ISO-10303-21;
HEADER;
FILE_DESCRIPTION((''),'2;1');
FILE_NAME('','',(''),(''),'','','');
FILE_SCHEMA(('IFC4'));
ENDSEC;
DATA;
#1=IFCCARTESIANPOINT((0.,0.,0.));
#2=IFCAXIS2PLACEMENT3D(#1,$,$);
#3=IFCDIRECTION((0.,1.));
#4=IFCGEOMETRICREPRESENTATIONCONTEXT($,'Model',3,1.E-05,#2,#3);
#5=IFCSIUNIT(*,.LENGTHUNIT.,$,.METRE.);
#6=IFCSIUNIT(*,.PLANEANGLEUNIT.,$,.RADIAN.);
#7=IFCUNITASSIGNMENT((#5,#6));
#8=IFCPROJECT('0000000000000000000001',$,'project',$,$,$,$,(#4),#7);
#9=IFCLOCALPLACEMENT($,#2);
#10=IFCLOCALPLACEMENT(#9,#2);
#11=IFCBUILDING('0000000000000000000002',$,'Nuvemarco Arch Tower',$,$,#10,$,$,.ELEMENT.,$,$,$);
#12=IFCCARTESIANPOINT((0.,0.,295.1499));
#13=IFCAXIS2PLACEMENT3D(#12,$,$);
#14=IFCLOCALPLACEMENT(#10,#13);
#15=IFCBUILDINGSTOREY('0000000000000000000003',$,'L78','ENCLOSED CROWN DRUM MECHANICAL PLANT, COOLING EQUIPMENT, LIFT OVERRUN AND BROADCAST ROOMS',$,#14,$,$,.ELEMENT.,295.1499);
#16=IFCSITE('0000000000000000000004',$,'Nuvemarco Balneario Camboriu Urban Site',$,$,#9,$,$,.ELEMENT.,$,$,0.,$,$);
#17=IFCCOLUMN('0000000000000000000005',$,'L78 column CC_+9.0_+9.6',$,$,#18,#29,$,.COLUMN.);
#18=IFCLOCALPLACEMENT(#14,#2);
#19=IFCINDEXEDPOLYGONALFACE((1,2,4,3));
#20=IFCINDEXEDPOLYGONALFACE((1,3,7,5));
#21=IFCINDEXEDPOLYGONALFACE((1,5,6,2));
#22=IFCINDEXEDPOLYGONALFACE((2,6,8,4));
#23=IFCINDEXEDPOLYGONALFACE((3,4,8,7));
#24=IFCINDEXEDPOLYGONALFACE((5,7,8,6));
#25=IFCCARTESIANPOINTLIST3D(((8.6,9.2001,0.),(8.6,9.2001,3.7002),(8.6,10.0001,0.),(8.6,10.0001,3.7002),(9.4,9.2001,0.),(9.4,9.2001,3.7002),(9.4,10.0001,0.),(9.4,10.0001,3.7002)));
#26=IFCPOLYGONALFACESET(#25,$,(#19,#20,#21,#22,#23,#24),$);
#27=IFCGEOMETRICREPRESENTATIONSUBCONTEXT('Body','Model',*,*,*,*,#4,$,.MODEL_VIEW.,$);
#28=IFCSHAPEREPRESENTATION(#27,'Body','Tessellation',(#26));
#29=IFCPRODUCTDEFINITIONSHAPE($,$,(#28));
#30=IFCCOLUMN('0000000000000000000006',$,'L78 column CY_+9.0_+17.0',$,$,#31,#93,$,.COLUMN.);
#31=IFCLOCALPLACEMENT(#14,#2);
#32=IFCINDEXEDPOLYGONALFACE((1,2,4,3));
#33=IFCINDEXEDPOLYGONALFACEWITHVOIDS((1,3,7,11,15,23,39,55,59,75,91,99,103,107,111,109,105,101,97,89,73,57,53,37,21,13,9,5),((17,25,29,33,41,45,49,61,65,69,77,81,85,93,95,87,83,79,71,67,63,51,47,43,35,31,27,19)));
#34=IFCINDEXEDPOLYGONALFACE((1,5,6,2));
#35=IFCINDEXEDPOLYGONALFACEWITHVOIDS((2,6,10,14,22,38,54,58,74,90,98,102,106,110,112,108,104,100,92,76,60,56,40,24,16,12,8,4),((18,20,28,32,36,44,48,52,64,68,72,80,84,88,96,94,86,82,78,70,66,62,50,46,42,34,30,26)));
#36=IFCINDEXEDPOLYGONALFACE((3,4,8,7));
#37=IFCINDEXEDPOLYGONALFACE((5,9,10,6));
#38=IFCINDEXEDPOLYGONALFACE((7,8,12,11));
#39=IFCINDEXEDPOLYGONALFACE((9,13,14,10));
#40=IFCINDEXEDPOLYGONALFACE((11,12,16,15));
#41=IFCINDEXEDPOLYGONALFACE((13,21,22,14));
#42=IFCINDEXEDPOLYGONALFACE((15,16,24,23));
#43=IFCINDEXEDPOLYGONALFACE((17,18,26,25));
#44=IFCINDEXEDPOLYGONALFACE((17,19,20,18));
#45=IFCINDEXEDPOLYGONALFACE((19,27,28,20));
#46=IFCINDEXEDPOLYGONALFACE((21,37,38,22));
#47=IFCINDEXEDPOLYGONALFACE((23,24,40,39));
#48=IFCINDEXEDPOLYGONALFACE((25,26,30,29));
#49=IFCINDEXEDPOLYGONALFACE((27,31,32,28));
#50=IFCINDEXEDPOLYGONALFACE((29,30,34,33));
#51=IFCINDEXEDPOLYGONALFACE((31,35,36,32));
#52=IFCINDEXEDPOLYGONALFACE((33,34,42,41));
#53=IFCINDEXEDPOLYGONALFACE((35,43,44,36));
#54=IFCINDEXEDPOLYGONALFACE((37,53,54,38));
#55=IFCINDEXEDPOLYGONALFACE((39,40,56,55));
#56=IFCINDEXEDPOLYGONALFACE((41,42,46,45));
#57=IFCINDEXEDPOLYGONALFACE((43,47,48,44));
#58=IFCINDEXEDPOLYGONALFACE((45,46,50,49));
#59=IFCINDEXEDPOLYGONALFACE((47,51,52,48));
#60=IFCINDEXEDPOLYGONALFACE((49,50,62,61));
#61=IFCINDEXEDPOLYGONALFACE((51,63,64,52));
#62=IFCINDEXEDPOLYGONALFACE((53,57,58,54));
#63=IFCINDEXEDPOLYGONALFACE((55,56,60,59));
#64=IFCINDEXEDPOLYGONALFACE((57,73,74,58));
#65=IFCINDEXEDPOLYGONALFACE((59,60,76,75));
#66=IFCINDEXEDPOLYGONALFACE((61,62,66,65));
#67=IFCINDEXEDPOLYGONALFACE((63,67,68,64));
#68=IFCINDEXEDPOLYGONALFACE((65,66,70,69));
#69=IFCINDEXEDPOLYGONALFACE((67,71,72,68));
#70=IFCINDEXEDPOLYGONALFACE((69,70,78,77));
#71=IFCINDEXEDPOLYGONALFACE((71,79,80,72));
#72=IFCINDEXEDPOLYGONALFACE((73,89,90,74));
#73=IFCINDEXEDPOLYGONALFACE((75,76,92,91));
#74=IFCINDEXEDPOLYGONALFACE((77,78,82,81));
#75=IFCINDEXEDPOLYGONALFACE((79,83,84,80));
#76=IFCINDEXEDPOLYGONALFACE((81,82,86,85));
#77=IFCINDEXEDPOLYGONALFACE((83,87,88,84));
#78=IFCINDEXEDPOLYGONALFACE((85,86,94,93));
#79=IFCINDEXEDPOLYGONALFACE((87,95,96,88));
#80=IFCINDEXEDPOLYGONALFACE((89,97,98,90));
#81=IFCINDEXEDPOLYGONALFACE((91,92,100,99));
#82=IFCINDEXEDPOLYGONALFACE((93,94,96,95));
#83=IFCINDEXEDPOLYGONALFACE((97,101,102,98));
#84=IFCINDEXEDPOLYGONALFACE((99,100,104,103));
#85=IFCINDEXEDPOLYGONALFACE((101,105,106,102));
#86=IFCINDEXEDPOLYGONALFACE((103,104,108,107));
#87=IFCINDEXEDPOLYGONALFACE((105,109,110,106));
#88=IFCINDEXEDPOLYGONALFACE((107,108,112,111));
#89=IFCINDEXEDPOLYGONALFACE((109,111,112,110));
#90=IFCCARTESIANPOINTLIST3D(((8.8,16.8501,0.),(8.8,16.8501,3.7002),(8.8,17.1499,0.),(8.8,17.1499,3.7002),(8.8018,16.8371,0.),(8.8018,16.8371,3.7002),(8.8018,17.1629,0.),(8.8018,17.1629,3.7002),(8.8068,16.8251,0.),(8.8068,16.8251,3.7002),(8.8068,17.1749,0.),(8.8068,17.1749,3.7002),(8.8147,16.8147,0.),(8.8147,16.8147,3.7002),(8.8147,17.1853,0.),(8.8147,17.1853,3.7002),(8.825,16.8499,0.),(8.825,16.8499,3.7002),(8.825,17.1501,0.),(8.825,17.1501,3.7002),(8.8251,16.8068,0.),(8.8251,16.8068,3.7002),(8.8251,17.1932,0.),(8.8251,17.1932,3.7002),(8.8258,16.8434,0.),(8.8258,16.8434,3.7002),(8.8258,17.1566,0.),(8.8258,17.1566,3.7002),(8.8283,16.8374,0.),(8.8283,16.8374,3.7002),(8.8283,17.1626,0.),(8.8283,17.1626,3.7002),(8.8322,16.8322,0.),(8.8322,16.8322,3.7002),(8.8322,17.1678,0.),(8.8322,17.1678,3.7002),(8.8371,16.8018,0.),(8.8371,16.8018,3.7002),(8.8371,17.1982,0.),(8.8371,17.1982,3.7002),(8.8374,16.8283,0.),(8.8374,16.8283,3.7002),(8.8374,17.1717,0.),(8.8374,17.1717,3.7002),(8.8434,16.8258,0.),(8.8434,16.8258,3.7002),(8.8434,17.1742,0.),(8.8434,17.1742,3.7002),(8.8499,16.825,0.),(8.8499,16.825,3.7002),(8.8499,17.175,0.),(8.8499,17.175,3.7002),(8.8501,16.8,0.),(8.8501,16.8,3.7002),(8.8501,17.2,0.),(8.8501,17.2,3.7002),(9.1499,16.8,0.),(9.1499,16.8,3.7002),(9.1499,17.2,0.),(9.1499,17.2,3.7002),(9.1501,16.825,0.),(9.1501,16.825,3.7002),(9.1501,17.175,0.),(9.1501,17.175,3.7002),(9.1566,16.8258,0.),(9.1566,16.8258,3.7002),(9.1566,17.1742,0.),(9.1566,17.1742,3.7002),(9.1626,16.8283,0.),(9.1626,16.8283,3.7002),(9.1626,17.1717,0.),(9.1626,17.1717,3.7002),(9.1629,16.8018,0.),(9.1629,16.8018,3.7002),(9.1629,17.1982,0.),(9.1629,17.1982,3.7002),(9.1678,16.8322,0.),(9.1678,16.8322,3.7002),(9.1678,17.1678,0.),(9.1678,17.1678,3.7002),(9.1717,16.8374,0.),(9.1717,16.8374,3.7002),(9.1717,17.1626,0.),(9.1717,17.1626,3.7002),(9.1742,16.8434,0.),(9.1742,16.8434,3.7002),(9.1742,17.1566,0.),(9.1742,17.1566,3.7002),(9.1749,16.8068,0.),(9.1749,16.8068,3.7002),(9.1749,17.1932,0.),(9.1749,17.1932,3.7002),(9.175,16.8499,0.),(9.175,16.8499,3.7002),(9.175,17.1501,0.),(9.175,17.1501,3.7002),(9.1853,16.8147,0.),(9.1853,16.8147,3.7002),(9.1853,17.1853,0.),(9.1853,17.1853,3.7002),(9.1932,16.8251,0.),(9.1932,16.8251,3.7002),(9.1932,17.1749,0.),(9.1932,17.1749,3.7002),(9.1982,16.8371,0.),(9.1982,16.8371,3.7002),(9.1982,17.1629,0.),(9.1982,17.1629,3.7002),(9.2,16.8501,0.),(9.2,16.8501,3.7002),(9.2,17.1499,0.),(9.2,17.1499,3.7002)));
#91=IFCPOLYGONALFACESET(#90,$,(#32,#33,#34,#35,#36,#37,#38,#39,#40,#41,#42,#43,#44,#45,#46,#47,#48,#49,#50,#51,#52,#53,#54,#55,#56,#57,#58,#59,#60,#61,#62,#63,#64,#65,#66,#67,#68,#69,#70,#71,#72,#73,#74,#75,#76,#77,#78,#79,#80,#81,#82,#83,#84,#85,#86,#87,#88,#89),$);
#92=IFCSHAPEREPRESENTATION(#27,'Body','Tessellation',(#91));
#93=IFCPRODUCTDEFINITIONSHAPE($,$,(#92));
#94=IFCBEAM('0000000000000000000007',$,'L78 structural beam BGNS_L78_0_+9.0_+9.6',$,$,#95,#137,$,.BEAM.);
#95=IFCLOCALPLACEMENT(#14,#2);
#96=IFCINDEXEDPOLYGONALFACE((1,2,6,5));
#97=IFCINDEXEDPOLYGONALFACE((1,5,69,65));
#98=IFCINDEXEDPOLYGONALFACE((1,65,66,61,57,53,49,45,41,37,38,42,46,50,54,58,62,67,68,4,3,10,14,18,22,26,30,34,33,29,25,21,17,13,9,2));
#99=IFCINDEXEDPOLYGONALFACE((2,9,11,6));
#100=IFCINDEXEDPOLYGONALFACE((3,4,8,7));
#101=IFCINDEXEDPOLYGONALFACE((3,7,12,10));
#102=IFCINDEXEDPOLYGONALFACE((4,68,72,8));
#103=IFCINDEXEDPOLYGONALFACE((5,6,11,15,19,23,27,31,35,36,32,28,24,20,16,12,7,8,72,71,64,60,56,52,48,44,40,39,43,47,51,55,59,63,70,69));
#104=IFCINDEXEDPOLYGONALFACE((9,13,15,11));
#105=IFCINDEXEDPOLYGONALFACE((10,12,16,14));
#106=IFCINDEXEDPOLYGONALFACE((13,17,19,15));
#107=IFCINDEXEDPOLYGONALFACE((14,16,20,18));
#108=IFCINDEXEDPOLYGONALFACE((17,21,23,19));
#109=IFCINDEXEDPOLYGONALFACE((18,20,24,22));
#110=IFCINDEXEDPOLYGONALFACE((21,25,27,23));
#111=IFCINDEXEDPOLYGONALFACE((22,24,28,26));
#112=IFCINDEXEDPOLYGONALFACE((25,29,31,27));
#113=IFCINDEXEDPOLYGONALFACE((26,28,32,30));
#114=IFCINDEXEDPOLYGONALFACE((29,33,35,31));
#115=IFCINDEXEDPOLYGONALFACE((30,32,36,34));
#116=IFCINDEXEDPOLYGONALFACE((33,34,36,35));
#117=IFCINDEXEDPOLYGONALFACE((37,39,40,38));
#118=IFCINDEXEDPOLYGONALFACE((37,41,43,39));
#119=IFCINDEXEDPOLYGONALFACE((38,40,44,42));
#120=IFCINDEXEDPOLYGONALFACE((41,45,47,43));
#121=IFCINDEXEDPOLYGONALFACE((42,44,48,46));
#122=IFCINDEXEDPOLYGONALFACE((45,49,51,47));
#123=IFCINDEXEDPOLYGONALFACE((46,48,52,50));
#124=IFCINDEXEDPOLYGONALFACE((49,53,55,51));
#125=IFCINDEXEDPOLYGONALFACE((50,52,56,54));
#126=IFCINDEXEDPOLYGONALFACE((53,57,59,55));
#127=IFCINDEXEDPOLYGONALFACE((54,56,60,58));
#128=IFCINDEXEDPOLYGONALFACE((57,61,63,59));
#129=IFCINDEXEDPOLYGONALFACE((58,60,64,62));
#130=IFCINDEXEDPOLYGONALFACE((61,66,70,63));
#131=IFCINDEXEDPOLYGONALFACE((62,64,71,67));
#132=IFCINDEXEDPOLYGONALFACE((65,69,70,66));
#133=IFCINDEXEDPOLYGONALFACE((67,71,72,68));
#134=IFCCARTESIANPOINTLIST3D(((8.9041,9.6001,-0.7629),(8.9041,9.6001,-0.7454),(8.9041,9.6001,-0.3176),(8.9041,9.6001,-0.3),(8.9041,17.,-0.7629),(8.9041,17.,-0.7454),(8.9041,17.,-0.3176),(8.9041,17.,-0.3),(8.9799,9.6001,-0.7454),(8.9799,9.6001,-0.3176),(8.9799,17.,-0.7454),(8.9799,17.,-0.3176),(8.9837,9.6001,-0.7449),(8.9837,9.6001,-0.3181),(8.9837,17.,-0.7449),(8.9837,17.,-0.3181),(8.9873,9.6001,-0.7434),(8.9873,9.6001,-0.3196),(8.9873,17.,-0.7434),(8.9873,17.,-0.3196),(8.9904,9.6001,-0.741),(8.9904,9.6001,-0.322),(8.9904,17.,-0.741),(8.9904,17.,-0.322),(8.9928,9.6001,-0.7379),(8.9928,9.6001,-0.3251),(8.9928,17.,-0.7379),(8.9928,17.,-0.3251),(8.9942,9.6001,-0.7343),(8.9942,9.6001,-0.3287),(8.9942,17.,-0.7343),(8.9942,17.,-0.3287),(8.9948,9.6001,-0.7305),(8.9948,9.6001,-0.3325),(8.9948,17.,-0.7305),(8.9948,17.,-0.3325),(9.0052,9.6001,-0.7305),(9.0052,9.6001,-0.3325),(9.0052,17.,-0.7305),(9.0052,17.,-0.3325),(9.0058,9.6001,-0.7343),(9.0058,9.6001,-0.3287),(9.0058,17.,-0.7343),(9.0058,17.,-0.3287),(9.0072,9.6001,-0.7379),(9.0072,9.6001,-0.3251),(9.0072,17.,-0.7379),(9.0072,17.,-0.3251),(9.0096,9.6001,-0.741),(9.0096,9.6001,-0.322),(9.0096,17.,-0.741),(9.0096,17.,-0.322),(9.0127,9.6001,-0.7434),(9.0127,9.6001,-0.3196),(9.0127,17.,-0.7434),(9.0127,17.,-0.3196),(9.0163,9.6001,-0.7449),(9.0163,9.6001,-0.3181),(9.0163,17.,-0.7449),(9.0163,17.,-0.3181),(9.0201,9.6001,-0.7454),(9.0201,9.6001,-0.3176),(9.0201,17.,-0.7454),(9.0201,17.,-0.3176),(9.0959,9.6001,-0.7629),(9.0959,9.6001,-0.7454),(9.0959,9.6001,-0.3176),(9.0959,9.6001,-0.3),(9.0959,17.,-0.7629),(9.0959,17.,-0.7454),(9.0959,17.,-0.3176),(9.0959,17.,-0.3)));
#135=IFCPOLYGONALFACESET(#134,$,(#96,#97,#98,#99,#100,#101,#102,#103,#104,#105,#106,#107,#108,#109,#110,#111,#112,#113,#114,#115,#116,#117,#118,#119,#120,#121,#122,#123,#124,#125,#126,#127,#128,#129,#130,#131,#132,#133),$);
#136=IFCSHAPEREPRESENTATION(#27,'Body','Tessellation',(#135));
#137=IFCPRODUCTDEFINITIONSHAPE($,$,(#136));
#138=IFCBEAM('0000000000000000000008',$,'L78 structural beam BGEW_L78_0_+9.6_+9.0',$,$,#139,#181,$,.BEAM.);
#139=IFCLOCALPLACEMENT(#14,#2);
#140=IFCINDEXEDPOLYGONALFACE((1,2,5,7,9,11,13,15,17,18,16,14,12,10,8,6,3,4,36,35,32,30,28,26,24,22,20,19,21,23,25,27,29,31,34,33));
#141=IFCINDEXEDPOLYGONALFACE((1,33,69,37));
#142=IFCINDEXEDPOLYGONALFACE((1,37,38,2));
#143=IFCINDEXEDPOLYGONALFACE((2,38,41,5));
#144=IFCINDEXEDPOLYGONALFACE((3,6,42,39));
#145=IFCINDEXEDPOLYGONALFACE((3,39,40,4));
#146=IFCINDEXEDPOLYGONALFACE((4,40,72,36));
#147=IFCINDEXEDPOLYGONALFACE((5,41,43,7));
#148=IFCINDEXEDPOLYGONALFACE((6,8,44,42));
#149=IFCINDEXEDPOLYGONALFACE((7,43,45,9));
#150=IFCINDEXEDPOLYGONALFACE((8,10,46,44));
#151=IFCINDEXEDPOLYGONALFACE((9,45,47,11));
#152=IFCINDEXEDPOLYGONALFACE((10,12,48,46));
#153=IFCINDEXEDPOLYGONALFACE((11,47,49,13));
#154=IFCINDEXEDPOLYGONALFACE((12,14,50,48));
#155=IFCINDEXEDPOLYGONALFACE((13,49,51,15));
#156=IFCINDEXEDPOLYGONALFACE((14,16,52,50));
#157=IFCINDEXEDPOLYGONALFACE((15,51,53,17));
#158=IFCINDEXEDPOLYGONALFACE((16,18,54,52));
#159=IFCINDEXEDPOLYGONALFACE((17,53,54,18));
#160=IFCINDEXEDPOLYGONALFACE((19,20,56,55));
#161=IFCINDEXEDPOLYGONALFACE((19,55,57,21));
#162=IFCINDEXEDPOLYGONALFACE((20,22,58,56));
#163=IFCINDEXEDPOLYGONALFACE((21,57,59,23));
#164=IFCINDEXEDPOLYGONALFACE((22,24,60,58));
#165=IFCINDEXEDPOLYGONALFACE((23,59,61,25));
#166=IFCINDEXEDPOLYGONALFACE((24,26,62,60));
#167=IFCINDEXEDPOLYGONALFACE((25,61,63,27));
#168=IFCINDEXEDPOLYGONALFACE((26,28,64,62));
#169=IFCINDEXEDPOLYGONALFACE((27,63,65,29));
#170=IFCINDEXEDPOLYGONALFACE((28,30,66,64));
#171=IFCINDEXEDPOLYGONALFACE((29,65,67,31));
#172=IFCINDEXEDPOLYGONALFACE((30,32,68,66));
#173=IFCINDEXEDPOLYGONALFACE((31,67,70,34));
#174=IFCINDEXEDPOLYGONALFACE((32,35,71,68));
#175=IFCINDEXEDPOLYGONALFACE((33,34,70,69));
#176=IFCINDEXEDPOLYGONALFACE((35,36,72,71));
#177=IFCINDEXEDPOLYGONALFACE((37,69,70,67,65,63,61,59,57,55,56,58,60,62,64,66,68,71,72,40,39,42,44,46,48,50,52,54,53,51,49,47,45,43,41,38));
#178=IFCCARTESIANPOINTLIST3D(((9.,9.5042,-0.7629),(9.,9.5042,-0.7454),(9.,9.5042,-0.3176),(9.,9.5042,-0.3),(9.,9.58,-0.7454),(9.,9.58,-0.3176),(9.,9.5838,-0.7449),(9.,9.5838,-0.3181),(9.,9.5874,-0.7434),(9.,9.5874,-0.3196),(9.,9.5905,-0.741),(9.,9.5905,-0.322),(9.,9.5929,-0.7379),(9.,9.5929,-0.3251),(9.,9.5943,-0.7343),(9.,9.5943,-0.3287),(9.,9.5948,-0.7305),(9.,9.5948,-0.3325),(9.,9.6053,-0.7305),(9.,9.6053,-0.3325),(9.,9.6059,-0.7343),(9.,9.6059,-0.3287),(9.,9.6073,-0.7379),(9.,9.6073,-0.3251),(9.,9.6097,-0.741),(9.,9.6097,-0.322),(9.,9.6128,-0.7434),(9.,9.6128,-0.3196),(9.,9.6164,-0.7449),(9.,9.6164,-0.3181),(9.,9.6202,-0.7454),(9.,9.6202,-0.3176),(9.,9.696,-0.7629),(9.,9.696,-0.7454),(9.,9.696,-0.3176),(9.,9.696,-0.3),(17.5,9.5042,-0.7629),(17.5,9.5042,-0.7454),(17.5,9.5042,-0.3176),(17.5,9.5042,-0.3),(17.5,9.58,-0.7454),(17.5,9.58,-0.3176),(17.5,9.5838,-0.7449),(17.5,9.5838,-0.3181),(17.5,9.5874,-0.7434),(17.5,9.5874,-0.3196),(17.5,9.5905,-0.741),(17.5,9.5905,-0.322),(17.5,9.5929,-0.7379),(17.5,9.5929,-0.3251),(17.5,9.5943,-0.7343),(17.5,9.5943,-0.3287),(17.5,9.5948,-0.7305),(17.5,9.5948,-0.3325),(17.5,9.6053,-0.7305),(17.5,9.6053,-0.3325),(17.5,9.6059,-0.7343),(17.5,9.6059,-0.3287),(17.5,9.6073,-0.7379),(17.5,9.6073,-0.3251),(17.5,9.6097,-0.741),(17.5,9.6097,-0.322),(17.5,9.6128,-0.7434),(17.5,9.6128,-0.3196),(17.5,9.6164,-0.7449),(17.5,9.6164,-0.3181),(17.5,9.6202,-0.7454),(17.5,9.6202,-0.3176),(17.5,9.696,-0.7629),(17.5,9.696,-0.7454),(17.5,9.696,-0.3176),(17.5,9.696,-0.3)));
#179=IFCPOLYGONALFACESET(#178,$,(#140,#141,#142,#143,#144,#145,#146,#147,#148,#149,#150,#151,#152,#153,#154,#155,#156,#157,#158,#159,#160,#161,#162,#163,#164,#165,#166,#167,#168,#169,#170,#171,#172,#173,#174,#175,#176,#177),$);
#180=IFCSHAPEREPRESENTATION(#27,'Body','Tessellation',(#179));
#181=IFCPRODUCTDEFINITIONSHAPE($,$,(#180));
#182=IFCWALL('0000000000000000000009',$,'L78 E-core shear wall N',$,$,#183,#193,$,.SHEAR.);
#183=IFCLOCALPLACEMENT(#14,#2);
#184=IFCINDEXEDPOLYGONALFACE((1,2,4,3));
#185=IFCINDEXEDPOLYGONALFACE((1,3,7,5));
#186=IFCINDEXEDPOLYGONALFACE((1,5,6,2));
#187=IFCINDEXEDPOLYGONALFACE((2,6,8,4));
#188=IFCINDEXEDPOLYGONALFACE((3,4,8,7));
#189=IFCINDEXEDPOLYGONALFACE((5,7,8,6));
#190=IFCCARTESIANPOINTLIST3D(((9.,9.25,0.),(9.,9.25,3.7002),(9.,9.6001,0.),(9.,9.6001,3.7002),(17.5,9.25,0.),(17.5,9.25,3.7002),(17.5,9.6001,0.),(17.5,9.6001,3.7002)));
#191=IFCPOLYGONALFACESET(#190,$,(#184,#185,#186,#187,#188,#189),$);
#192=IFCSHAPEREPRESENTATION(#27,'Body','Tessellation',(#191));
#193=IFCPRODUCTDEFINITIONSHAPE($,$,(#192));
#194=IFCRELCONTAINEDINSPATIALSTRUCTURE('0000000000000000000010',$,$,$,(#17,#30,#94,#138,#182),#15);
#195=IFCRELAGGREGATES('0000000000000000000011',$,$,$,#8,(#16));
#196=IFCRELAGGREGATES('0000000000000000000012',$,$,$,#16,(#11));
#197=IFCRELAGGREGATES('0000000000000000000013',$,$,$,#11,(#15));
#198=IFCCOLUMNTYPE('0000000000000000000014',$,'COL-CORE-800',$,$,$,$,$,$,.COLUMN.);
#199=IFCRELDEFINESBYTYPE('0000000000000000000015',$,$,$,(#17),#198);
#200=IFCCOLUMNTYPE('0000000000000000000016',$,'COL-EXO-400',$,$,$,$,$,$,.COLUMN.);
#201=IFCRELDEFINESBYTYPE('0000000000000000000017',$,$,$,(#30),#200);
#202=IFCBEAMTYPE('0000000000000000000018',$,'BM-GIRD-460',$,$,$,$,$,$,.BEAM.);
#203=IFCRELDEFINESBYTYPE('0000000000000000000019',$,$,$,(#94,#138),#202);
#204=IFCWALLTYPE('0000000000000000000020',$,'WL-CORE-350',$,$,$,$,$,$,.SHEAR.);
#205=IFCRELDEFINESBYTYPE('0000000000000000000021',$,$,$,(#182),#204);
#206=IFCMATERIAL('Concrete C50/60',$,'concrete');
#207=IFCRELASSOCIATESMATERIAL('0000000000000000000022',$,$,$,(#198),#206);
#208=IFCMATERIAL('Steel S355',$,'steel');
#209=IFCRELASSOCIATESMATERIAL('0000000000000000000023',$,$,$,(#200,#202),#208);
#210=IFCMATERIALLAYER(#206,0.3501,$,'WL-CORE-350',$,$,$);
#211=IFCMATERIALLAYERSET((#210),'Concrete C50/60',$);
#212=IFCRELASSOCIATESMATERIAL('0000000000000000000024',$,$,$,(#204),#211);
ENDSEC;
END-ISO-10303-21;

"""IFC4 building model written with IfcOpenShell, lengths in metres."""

from ifc_helpers import new_model, si_unit, direction, frame, frame_2d, origin, origin_2d, place, context, subcontext, project, spatial, rectangle, hollow_rectangle, i_section, extrude, material, layer, layer_set, material_profile, profile_set, type_object, element, save


model = new_model("IFC4")

# Units and contexts
model_context = context("Model", 3, precision=1e-05, world=origin(), true_north=direction((0.0, 1.0)))
body_context = subcontext(model_context, "Body", "Model", "MODEL_VIEW")
ifc_project = project(units=[si_unit("LENGTHUNIT", "METRE"), si_unit("PLANEANGLEUNIT", "RADIAN")], contexts=[model_context])

# Site, building, storey
site_placement = place(None, origin())
site = spatial("IfcSite", under=ifc_project, at=site_placement, Name="Nuvemarco Balneario Camboriu Urban Site", CompositionType="ELEMENT", RefElevation=0.0)
building_placement = place(site_placement, origin())
building = spatial("IfcBuilding", under=site, at=building_placement, Name="Nuvemarco Arch Tower", CompositionType="ELEMENT")
storey_placement = place(building_placement, frame((0.0, 0.0, 295.1499)))
storey = spatial("IfcBuildingStorey", under=building, at=storey_placement, Name="L78", Description="ENCLOSED CROWN DRUM MECHANICAL PLANT, COOLING EQUIPMENT, LIFT OVERRUN AND BROADCAST ROOMS", CompositionType="ELEMENT", Elevation=295.1499)

# Columns
ifc_material_1 = material(Name="Concrete C50/60", Category="concrete")
ifc_material_profile_1 = material_profile(ifc_material_1, rectangle(XDim=0.8, YDim=0.8, at=origin_2d()), Name="RC-COL-800x800")
ifc_profile_set_1 = profile_set([ifc_material_profile_1], Name="Concrete C50/60")
column_type_1 = type_object("IfcColumnType", Name="COL-CORE-800", PredefinedType="COLUMN", material=ifc_profile_set_1)
column_1_placement = place(storey_placement, frame((9.0, 9.6001, 0.0), z_axis=(0.0, 0.0, 1.0), x_axis=(1.0, 0.0, 0.0)))
element("IfcColumn", 1, at=column_1_placement, inside=storey, type_object=column_type_1, Name="L78 column CC_+9.0_+9.6", PredefinedType="COLUMN", context=body_context, shape_type="SweptSolid", body=[
    extrude(rectangle(XDim=0.8, YDim=0.8, at=origin_2d()), origin(), (0.0, 0.0, 1.0), 3.7002),
])
ifc_material_2 = material(Name="Steel S355", Category="steel")
ifc_material_profile_2 = material_profile(ifc_material_2, hollow_rectangle(XDim=0.3999, YDim=0.3999, WallThickness=0.0249, InnerFilletRadius=0.0249, OuterFilletRadius=0.05, at=origin_2d()), Name="SHS400x400x25")
ifc_profile_set_2 = profile_set([ifc_material_profile_2], Name="Steel S355")
column_type_2 = type_object("IfcColumnType", Name="COL-EXO-400", PredefinedType="COLUMN", material=ifc_profile_set_2)
column_2_placement = place(storey_placement, frame((9.0, 17.0, 0.0), z_axis=(0.0, 0.0, 1.0), x_axis=(1.0, 0.0, 0.0)))
element("IfcColumn", 2, at=column_2_placement, inside=storey, type_object=column_type_2, Name="L78 column CY_+9.0_+17.0", PredefinedType="COLUMN", context=body_context, shape_type="SweptSolid", body=[
    extrude(hollow_rectangle(XDim=0.3999, YDim=0.3999, WallThickness=0.0249, InnerFilletRadius=0.0249, OuterFilletRadius=0.05, at=origin_2d()), origin(), (0.0, 0.0, 1.0), 3.7002),
])

# Beams
ifc_material_profile_3 = material_profile(ifc_material_2, i_section(OverallWidth=0.1919, OverallDepth=0.4629, WebThickness=0.0105, FlangeThickness=0.0176, FilletRadius=0.0149, at=origin_2d()), Name="W460x89")
ifc_profile_set_3 = profile_set([ifc_material_profile_3], Name="Steel S355")
beam_type = type_object("IfcBeamType", Name="BM-GIRD-460", PredefinedType="BEAM", material=ifc_profile_set_3)
beam_1_placement = place(storey_placement, frame((9.0, 9.6001, -0.5315), z_axis=(0.0, 1.0, 0.0), x_axis=(-1.0, 0.0, 0.0)))
element("IfcBeam", 3, at=beam_1_placement, inside=storey, type_object=beam_type, Name="L78 structural beam BGNS_L78_0_+9.0_+9.6", PredefinedType="BEAM", context=body_context, shape_type="SweptSolid", body=[
    extrude(i_section(OverallWidth=0.1919, OverallDepth=0.4629, WebThickness=0.0105, FlangeThickness=0.0176, FilletRadius=0.0149, at=origin_2d()), origin(), (0.0, 0.0, 1.0), 7.3999),
])
beam_2_placement = place(storey_placement, frame((9.0, 9.6001, -0.5315), z_axis=(1.0, 0.0, 0.0), x_axis=(0.0, 1.0, 0.0)))
element("IfcBeam", 4, at=beam_2_placement, inside=storey, type_object=beam_type, Name="L78 structural beam BGEW_L78_0_+9.6_+9.0", PredefinedType="BEAM", context=body_context, shape_type="SweptSolid", body=[
    extrude(i_section(OverallWidth=0.1919, OverallDepth=0.4629, WebThickness=0.0105, FlangeThickness=0.0176, FilletRadius=0.0149, at=origin_2d()), origin(), (0.0, 0.0, 1.0), 8.5),
])

# Wall
ifc_layer_1 = layer(ifc_material_1, 0.3501, Name="WL-CORE-350")
ifc_layer_set_1 = layer_set([ifc_layer_1], Name="Concrete C50/60")
wall_type_1 = type_object("IfcWallType", Name="WL-CORE-350", PredefinedType="SHEAR", material=ifc_layer_set_1)
wall_1_placement = place(storey_placement, frame((9.0, 9.425, 0.0), z_axis=(0.0, 0.0, 1.0), x_axis=(1.0, 0.0, 0.0)))
element("IfcWall", 5, at=wall_1_placement, inside=storey, type_object=wall_type_1, Name="L78 E-core shear wall N", PredefinedType="SHEAR", context=body_context, shape_type="SweptSolid", body=[
    extrude(rectangle(XDim=8.5, YDim=0.3501, at=frame_2d((4.25, 0.0))), origin(), (0.0, 0.0, 1.0), 3.7002),
])

save(model, "model.ifc")
